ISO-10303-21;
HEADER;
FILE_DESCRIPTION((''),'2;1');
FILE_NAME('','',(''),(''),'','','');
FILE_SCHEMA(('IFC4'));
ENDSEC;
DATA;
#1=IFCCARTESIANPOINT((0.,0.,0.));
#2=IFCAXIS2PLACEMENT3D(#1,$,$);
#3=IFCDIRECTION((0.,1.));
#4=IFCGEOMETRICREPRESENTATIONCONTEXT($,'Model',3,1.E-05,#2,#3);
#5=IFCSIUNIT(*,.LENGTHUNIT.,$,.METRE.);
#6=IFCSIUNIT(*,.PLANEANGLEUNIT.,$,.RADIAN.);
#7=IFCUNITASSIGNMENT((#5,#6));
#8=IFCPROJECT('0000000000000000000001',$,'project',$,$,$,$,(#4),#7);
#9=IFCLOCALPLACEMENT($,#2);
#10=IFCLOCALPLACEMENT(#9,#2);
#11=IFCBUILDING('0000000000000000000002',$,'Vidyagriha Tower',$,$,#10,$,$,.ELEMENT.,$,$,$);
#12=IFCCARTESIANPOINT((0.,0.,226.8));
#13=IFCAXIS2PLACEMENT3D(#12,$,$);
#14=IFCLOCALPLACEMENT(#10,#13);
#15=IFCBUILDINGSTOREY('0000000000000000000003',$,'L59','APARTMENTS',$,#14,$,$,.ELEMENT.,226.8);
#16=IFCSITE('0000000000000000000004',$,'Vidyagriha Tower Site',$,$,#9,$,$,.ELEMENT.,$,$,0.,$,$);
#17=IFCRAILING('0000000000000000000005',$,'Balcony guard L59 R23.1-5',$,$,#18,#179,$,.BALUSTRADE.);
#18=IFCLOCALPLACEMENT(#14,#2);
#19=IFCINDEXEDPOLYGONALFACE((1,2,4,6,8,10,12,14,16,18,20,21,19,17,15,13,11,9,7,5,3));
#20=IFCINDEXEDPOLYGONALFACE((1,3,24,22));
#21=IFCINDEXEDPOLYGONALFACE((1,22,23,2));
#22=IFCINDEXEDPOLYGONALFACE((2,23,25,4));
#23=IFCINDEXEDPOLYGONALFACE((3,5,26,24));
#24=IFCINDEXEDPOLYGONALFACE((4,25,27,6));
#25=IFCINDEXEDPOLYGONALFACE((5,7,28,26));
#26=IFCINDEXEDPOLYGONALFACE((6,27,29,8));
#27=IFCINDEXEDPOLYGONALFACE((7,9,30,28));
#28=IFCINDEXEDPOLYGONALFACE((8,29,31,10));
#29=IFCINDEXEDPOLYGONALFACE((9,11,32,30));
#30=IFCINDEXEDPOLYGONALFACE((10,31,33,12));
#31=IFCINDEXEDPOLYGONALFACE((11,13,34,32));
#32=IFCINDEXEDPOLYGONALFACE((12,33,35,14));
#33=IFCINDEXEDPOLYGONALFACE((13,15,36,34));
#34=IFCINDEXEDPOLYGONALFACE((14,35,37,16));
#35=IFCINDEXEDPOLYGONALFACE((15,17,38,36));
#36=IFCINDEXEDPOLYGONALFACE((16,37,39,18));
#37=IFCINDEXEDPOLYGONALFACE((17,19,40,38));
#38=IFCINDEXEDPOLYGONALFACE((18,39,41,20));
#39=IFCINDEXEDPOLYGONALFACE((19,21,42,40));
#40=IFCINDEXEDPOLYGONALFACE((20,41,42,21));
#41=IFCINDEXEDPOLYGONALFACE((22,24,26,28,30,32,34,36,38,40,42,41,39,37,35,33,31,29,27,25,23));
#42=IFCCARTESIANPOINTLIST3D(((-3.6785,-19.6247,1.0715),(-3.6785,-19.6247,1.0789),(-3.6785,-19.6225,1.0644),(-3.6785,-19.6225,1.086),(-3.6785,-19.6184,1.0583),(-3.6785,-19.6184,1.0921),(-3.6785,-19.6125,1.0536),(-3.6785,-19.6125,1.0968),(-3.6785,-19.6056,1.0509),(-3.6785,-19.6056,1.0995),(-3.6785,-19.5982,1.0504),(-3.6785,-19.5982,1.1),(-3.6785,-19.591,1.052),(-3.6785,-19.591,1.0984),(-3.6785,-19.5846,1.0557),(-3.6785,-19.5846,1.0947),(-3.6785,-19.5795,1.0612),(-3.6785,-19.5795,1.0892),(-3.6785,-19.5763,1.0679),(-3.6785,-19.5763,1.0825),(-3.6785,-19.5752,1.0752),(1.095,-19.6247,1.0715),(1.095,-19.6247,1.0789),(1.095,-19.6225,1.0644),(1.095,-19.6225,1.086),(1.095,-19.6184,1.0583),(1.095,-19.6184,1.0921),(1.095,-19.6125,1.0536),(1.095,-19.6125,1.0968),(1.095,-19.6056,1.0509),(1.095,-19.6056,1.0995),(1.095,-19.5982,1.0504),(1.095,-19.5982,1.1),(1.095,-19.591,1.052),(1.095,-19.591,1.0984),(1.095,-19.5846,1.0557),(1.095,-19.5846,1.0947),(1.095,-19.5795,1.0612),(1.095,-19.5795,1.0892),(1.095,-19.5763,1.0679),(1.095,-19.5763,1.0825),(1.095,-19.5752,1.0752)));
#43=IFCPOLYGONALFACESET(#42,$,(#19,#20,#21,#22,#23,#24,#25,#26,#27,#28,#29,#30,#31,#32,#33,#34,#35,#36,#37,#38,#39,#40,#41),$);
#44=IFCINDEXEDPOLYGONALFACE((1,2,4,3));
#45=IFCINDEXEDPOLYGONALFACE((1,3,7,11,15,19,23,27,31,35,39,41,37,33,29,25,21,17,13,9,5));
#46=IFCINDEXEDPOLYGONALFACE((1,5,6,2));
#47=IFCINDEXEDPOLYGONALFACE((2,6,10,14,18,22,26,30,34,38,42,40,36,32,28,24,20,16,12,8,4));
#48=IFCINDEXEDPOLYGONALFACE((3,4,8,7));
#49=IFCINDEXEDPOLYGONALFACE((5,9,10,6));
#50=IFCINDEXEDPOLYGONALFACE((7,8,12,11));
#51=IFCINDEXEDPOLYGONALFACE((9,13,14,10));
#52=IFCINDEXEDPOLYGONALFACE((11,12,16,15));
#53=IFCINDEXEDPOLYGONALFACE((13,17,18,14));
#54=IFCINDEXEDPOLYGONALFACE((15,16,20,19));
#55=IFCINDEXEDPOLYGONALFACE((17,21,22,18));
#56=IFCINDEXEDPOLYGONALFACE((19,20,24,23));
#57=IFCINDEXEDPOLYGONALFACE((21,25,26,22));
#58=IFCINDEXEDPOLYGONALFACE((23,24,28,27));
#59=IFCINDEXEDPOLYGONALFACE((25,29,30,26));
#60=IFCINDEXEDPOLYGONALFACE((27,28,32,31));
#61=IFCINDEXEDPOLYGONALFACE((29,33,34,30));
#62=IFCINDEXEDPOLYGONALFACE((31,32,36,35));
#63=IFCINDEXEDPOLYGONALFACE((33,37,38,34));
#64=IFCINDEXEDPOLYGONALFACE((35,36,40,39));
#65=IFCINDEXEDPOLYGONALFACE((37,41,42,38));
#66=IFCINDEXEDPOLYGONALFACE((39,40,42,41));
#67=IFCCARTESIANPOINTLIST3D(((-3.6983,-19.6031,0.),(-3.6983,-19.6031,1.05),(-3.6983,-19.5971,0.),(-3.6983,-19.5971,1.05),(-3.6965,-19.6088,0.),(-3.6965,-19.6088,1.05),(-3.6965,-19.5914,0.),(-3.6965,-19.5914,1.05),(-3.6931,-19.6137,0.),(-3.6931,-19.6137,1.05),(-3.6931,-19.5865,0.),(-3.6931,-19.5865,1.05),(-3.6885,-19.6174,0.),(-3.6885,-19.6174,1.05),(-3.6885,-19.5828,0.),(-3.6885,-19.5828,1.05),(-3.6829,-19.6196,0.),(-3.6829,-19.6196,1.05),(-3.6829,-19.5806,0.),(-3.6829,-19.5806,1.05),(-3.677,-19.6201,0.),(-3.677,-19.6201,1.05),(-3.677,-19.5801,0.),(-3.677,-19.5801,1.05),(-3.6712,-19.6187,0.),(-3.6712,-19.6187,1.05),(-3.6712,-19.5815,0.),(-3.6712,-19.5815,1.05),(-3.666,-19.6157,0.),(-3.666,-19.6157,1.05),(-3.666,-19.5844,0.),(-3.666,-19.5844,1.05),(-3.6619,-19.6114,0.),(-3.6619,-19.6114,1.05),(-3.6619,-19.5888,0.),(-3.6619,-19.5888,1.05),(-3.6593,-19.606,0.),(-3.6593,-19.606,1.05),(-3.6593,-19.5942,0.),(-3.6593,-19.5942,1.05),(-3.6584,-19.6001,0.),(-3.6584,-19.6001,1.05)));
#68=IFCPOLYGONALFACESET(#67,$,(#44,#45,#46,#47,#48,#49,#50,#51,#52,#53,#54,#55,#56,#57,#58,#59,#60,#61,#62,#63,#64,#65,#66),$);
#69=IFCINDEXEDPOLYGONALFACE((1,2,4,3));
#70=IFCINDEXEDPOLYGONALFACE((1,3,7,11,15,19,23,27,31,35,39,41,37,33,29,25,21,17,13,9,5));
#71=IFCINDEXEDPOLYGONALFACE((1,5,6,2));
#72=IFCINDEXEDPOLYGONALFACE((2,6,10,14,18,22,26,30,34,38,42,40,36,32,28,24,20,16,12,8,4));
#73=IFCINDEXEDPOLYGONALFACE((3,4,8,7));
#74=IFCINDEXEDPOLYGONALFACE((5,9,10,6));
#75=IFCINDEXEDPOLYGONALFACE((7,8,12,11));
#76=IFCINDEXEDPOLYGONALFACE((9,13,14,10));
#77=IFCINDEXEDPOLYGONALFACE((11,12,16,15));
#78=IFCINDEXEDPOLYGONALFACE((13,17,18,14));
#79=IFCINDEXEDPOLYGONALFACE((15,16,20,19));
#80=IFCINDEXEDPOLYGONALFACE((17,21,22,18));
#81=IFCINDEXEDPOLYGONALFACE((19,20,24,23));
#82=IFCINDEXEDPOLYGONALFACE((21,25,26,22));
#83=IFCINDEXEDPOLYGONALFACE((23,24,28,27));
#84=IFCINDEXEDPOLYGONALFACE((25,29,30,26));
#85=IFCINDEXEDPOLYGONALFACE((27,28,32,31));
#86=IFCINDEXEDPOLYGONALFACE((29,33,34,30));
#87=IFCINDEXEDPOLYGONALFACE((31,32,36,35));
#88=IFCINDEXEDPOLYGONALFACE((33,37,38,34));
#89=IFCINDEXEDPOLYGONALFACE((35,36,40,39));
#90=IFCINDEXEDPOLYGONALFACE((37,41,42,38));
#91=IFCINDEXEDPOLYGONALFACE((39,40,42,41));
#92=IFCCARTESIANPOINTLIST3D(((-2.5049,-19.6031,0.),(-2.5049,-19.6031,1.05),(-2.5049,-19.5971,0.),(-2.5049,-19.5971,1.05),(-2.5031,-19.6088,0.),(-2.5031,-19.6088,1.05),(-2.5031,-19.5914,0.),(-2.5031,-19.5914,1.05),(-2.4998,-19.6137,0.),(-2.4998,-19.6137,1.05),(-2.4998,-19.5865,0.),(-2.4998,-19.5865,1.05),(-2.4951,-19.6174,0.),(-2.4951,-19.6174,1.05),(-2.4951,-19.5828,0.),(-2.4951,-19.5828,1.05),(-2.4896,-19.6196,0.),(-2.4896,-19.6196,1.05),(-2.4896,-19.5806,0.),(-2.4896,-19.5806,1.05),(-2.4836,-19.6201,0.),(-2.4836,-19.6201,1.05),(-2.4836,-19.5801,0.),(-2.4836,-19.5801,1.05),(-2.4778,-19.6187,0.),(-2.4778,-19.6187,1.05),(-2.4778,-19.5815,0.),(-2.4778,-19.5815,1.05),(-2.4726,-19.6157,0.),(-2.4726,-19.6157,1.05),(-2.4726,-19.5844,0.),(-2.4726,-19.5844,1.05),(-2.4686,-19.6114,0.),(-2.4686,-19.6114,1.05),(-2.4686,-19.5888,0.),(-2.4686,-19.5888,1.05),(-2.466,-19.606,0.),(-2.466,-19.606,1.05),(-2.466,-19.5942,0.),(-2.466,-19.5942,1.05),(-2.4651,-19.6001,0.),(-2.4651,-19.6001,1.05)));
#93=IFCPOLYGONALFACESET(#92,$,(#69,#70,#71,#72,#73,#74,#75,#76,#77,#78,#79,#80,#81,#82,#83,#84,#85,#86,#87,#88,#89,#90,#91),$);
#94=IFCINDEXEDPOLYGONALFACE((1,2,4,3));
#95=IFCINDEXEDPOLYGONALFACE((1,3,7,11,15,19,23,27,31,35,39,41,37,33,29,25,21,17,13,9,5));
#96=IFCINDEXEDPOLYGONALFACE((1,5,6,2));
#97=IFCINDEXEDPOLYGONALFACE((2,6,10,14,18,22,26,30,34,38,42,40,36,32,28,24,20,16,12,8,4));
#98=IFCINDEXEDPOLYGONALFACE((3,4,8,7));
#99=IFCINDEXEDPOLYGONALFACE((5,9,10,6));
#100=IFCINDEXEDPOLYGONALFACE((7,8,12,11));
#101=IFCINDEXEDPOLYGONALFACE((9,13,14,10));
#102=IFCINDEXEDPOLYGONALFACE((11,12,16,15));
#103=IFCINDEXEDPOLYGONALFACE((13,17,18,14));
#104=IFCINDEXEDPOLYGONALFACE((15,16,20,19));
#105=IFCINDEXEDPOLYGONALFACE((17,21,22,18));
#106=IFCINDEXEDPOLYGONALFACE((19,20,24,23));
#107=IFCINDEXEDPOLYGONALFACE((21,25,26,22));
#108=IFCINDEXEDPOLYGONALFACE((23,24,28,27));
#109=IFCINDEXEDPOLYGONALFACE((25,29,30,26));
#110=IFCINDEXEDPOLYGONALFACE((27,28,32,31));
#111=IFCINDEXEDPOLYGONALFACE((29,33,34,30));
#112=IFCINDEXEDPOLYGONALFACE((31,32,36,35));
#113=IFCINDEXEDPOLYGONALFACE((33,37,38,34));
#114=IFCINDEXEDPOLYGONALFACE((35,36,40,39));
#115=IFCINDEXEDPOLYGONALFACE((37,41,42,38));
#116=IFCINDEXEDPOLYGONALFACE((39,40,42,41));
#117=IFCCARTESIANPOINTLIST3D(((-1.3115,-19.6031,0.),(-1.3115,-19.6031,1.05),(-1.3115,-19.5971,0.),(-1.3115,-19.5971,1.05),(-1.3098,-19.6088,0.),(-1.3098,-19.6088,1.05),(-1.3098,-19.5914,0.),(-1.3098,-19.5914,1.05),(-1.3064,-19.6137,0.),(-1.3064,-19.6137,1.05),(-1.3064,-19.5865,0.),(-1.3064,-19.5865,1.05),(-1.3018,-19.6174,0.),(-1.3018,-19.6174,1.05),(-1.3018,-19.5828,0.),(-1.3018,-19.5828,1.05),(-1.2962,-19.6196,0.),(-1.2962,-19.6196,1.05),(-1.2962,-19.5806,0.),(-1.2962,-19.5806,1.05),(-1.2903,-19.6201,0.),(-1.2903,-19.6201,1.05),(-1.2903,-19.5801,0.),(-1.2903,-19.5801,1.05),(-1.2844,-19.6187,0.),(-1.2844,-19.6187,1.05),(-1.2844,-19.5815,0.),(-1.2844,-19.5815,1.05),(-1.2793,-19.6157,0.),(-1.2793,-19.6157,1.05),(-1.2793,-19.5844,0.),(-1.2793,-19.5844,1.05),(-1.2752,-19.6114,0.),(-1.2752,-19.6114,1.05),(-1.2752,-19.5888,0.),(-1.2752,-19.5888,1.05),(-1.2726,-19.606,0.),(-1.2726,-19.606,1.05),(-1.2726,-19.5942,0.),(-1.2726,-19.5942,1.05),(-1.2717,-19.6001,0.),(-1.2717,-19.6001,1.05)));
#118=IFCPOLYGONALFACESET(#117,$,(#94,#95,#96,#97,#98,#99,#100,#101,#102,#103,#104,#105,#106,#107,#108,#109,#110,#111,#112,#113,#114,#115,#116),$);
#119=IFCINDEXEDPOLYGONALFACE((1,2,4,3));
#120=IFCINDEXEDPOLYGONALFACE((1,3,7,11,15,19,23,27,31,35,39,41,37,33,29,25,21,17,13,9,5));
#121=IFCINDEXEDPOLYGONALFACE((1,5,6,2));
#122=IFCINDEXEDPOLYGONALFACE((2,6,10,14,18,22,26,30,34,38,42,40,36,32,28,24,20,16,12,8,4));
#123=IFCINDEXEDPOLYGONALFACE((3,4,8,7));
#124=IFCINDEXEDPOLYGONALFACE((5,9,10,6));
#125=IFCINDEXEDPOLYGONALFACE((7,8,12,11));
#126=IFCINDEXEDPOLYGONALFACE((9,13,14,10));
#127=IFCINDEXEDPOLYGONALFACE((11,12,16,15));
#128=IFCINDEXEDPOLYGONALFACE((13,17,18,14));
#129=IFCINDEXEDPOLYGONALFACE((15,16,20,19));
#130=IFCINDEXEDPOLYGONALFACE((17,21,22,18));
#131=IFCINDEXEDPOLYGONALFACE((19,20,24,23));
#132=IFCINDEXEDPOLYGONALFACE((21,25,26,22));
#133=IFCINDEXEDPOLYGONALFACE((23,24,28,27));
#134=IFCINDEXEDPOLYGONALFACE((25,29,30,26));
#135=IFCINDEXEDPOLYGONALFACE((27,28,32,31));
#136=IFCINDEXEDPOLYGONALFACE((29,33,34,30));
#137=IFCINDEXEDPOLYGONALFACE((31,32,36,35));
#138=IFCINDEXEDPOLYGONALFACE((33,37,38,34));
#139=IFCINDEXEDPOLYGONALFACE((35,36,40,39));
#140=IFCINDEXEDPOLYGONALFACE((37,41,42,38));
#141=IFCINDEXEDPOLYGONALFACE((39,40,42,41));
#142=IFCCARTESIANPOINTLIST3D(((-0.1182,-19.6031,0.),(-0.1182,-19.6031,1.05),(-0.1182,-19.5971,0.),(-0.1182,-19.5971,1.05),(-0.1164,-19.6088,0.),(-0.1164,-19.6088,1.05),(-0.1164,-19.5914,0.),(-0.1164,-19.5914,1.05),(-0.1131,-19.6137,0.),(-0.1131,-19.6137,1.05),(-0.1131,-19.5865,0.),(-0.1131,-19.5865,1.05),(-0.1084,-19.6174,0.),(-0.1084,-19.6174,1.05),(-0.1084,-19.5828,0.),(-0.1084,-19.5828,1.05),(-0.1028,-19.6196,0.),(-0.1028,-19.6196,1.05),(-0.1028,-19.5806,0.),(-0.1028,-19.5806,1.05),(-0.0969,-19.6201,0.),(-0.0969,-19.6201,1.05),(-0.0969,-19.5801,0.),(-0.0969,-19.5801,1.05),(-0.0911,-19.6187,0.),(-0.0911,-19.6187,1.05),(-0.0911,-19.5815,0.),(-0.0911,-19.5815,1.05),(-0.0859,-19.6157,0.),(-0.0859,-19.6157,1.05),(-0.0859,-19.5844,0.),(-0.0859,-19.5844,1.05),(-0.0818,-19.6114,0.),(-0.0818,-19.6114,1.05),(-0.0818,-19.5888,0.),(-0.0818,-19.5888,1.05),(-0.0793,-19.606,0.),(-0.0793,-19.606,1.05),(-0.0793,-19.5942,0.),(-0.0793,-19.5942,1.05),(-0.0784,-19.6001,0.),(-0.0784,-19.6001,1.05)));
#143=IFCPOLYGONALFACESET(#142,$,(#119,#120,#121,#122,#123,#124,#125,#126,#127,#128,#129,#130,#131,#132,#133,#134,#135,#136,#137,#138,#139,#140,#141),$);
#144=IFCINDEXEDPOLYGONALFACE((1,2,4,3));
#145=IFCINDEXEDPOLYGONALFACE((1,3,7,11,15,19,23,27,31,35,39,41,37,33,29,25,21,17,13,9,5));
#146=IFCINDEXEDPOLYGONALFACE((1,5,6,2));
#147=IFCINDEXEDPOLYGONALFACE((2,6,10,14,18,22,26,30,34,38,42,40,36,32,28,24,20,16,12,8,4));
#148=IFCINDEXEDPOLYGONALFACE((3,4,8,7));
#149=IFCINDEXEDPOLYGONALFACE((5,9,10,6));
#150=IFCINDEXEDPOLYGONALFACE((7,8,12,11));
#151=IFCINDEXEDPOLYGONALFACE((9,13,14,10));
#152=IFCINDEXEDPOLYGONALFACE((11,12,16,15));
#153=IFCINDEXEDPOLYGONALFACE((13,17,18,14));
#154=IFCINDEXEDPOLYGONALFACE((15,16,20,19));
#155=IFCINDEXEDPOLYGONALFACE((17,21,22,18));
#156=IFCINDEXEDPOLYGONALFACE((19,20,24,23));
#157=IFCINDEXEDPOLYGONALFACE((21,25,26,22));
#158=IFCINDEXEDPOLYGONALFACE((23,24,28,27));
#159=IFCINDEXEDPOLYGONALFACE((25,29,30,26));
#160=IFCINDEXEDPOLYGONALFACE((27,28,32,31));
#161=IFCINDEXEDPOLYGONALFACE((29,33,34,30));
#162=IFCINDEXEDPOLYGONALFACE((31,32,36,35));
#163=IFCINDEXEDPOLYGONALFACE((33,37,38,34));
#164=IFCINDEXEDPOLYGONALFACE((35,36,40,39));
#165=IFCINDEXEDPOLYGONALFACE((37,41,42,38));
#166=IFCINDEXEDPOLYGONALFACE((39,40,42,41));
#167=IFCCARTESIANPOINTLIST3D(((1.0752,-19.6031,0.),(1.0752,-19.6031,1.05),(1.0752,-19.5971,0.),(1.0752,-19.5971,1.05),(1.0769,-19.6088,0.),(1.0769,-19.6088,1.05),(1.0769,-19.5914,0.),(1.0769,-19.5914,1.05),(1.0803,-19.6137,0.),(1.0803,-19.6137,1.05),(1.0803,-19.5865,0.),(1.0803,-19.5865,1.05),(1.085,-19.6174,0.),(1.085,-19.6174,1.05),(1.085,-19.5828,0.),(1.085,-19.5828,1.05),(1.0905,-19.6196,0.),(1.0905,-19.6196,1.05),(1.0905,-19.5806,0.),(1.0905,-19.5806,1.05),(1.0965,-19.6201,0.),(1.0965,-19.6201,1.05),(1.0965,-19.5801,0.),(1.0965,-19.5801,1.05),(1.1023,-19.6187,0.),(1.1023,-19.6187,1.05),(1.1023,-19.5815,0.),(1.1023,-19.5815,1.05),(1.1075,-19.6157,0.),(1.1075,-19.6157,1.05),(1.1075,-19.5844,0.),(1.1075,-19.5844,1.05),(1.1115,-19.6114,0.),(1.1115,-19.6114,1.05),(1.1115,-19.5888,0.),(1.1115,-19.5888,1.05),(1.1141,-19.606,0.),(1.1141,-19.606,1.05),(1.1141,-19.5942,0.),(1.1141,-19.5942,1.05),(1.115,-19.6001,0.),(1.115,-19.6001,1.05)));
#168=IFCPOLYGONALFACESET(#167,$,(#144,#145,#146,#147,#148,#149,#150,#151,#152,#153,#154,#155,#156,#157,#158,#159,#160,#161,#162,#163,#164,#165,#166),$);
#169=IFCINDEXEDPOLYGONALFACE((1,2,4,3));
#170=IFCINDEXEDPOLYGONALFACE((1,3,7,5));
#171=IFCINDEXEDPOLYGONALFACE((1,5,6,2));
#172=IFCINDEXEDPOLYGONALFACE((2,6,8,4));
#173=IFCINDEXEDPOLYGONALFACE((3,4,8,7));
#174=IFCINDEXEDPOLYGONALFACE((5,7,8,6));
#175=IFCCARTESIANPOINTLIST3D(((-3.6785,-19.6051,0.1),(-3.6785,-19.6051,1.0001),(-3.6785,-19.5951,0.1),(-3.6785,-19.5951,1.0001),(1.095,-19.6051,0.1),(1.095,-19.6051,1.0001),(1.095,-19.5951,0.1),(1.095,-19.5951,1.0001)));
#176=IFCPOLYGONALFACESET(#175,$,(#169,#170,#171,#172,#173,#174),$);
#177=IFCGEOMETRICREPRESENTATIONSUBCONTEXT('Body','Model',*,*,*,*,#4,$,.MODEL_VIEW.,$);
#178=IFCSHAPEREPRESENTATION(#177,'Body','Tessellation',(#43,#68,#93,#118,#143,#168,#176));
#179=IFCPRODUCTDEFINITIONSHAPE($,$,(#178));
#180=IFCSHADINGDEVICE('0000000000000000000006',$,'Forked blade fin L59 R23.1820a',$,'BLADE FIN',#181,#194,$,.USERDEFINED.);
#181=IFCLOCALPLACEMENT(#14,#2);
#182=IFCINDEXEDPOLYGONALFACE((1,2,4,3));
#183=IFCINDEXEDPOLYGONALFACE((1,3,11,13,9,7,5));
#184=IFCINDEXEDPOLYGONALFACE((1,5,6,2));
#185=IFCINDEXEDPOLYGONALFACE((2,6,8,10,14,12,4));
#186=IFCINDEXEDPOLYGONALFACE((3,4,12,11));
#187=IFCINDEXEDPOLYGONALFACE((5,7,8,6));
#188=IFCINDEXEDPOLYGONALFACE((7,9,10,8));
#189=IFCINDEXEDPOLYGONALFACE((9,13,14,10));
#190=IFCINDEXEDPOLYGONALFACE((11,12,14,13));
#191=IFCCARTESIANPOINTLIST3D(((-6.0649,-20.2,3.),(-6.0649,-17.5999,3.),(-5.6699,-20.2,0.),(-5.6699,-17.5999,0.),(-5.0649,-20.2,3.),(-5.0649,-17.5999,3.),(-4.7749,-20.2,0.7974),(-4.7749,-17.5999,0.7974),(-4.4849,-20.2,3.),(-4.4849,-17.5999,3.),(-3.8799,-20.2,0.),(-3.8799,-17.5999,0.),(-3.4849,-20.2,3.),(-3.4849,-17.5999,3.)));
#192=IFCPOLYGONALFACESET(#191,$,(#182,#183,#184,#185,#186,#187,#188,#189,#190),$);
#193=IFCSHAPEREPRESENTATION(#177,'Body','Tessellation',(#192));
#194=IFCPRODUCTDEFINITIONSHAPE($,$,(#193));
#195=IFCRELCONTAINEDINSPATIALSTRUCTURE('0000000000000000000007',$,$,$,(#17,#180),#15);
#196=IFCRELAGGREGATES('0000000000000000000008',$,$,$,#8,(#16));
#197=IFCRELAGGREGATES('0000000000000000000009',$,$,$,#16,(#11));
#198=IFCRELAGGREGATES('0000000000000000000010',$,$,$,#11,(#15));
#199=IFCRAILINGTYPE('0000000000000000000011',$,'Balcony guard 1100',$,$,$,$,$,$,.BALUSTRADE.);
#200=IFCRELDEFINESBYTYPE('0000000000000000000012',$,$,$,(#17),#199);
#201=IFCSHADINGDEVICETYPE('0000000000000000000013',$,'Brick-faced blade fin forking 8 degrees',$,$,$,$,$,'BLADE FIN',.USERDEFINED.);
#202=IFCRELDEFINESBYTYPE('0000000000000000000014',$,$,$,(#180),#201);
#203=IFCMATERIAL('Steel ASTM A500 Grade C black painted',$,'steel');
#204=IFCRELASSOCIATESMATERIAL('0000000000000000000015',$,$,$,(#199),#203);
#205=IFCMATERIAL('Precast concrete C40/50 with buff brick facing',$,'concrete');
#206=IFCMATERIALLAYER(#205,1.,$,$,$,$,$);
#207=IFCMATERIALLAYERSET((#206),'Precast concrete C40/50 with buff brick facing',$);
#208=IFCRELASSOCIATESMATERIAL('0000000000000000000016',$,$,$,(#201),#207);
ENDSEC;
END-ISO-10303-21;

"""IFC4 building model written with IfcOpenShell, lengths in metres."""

from ifc_helpers import new_model, si_unit, direction, frame, origin, origin_2d, place, context, subcontext, project, spatial, polyline, rectangle, circle, outline, extrude, material, layer, layer_set, type_object, element, save


model = new_model("IFC4")

# Units and contexts
model_context = context("Model", 3, precision=1e-05, world=origin(), true_north=direction((0.0, 1.0)))
body_context = subcontext(model_context, "Body", "Model", "MODEL_VIEW")
ifc_project = project(units=[si_unit("LENGTHUNIT", "METRE"), si_unit("PLANEANGLEUNIT", "RADIAN")], contexts=[model_context])

# Site, building, storey
site_placement = place(None, origin())
site = spatial("IfcSite", under=ifc_project, at=site_placement, Name="Vidyagriha Tower Site", CompositionType="ELEMENT", RefElevation=0.0)
building_placement = place(site_placement, origin())
building = spatial("IfcBuilding", under=site, at=building_placement, Name="Vidyagriha Tower", CompositionType="ELEMENT")
storey_placement = place(building_placement, frame((0.0, 0.0, 226.8)))
storey = spatial("IfcBuildingStorey", under=building, at=storey_placement, Name="L59", Description="APARTMENTS", CompositionType="ELEMENT", Elevation=226.8)

# Railing
ifc_material_1 = material(Name="Steel ASTM A500 Grade C black painted", Category="steel")
railing_type = type_object("IfcRailingType", Name="Balcony guard 1100", PredefinedType="BALUSTRADE", material=ifc_material_1)
railing_placement = place(storey_placement, frame((-3.6785, -19.6001, 0.0)))
element("IfcRailing", 1, at=railing_placement, inside=storey, type_object=railing_type, Name="Balcony guard L59 R23.1-5", PredefinedType="BALUSTRADE", context=body_context, shape_type="SweptSolid", body=[
    extrude(circle(Radius=0.0249, at=origin_2d()), frame((0.0, 0.0, 1.0752), z_axis=(1.0, 0.0, 0.0), x_axis=(0.0, 1.0, 0.0)), (0.0, 0.0, 1.0), 4.7734),
    extrude(circle(Radius=0.02, at=origin_2d()), origin(), (0.0, 0.0, 1.0), 1.05),
    extrude(circle(Radius=0.02, at=origin_2d()), frame((1.1934, 0.0, 0.0)), (0.0, 0.0, 1.0), 1.05),
    extrude(circle(Radius=0.02, at=origin_2d()), frame((2.3867, 0.0, 0.0)), (0.0, 0.0, 1.0), 1.05),
    extrude(circle(Radius=0.02, at=origin_2d()), frame((3.5801, 0.0, 0.0)), (0.0, 0.0, 1.0), 1.05),
    extrude(circle(Radius=0.02, at=origin_2d()), frame((4.7734, 0.0, 0.0)), (0.0, 0.0, 1.0), 1.05),
    extrude(rectangle(XDim=0.01, YDim=0.9001, at=origin_2d()), frame((0.0, 0.0, 0.55), z_axis=(1.0, 0.0, 0.0), x_axis=(0.0, 1.0, 0.0)), (0.0, 0.0, 1.0), 4.7734),
])

# Shading device
ifc_material_2 = material(Name="Precast concrete C40/50 with buff brick facing", Category="concrete")
ifc_layer_1 = layer(ifc_material_2, 1.0)
ifc_layer_set_1 = layer_set([ifc_layer_1], Name="Precast concrete C40/50 with buff brick facing")
shading_device_type = type_object("IfcShadingDeviceType", Name="Brick-faced blade fin forking 8 degrees", ElementType="BLADE FIN", PredefinedType="USERDEFINED", material=ifc_layer_set_1)
shading_device_placement = place(storey_placement, frame((-6.0649, -18.8999, 0.0)))
element("IfcShadingDevice", 2, at=shading_device_placement, inside=storey, type_object=shading_device_type, Name="Forked blade fin L59 R23.1820a", ObjectType="BLADE FIN", PredefinedType="USERDEFINED", context=body_context, shape_type="SweptSolid", body=[
    extrude(outline(polyline([(0.395, 0.0), (2.1851, 0.0), (2.5801, 3.0), (1.5801, 3.0), (1.29, 0.7974), (1.0, 3.0), (0.0, 3.0), (0.395, 0.0)])), frame((0.0, 1.3, 0.0), z_axis=(0.0, -1.0, 0.0), x_axis=(1.0, 0.0, 0.0)), (0.0, 0.0, 1.0), 2.6001),
])

save(model, "model.ifc")
